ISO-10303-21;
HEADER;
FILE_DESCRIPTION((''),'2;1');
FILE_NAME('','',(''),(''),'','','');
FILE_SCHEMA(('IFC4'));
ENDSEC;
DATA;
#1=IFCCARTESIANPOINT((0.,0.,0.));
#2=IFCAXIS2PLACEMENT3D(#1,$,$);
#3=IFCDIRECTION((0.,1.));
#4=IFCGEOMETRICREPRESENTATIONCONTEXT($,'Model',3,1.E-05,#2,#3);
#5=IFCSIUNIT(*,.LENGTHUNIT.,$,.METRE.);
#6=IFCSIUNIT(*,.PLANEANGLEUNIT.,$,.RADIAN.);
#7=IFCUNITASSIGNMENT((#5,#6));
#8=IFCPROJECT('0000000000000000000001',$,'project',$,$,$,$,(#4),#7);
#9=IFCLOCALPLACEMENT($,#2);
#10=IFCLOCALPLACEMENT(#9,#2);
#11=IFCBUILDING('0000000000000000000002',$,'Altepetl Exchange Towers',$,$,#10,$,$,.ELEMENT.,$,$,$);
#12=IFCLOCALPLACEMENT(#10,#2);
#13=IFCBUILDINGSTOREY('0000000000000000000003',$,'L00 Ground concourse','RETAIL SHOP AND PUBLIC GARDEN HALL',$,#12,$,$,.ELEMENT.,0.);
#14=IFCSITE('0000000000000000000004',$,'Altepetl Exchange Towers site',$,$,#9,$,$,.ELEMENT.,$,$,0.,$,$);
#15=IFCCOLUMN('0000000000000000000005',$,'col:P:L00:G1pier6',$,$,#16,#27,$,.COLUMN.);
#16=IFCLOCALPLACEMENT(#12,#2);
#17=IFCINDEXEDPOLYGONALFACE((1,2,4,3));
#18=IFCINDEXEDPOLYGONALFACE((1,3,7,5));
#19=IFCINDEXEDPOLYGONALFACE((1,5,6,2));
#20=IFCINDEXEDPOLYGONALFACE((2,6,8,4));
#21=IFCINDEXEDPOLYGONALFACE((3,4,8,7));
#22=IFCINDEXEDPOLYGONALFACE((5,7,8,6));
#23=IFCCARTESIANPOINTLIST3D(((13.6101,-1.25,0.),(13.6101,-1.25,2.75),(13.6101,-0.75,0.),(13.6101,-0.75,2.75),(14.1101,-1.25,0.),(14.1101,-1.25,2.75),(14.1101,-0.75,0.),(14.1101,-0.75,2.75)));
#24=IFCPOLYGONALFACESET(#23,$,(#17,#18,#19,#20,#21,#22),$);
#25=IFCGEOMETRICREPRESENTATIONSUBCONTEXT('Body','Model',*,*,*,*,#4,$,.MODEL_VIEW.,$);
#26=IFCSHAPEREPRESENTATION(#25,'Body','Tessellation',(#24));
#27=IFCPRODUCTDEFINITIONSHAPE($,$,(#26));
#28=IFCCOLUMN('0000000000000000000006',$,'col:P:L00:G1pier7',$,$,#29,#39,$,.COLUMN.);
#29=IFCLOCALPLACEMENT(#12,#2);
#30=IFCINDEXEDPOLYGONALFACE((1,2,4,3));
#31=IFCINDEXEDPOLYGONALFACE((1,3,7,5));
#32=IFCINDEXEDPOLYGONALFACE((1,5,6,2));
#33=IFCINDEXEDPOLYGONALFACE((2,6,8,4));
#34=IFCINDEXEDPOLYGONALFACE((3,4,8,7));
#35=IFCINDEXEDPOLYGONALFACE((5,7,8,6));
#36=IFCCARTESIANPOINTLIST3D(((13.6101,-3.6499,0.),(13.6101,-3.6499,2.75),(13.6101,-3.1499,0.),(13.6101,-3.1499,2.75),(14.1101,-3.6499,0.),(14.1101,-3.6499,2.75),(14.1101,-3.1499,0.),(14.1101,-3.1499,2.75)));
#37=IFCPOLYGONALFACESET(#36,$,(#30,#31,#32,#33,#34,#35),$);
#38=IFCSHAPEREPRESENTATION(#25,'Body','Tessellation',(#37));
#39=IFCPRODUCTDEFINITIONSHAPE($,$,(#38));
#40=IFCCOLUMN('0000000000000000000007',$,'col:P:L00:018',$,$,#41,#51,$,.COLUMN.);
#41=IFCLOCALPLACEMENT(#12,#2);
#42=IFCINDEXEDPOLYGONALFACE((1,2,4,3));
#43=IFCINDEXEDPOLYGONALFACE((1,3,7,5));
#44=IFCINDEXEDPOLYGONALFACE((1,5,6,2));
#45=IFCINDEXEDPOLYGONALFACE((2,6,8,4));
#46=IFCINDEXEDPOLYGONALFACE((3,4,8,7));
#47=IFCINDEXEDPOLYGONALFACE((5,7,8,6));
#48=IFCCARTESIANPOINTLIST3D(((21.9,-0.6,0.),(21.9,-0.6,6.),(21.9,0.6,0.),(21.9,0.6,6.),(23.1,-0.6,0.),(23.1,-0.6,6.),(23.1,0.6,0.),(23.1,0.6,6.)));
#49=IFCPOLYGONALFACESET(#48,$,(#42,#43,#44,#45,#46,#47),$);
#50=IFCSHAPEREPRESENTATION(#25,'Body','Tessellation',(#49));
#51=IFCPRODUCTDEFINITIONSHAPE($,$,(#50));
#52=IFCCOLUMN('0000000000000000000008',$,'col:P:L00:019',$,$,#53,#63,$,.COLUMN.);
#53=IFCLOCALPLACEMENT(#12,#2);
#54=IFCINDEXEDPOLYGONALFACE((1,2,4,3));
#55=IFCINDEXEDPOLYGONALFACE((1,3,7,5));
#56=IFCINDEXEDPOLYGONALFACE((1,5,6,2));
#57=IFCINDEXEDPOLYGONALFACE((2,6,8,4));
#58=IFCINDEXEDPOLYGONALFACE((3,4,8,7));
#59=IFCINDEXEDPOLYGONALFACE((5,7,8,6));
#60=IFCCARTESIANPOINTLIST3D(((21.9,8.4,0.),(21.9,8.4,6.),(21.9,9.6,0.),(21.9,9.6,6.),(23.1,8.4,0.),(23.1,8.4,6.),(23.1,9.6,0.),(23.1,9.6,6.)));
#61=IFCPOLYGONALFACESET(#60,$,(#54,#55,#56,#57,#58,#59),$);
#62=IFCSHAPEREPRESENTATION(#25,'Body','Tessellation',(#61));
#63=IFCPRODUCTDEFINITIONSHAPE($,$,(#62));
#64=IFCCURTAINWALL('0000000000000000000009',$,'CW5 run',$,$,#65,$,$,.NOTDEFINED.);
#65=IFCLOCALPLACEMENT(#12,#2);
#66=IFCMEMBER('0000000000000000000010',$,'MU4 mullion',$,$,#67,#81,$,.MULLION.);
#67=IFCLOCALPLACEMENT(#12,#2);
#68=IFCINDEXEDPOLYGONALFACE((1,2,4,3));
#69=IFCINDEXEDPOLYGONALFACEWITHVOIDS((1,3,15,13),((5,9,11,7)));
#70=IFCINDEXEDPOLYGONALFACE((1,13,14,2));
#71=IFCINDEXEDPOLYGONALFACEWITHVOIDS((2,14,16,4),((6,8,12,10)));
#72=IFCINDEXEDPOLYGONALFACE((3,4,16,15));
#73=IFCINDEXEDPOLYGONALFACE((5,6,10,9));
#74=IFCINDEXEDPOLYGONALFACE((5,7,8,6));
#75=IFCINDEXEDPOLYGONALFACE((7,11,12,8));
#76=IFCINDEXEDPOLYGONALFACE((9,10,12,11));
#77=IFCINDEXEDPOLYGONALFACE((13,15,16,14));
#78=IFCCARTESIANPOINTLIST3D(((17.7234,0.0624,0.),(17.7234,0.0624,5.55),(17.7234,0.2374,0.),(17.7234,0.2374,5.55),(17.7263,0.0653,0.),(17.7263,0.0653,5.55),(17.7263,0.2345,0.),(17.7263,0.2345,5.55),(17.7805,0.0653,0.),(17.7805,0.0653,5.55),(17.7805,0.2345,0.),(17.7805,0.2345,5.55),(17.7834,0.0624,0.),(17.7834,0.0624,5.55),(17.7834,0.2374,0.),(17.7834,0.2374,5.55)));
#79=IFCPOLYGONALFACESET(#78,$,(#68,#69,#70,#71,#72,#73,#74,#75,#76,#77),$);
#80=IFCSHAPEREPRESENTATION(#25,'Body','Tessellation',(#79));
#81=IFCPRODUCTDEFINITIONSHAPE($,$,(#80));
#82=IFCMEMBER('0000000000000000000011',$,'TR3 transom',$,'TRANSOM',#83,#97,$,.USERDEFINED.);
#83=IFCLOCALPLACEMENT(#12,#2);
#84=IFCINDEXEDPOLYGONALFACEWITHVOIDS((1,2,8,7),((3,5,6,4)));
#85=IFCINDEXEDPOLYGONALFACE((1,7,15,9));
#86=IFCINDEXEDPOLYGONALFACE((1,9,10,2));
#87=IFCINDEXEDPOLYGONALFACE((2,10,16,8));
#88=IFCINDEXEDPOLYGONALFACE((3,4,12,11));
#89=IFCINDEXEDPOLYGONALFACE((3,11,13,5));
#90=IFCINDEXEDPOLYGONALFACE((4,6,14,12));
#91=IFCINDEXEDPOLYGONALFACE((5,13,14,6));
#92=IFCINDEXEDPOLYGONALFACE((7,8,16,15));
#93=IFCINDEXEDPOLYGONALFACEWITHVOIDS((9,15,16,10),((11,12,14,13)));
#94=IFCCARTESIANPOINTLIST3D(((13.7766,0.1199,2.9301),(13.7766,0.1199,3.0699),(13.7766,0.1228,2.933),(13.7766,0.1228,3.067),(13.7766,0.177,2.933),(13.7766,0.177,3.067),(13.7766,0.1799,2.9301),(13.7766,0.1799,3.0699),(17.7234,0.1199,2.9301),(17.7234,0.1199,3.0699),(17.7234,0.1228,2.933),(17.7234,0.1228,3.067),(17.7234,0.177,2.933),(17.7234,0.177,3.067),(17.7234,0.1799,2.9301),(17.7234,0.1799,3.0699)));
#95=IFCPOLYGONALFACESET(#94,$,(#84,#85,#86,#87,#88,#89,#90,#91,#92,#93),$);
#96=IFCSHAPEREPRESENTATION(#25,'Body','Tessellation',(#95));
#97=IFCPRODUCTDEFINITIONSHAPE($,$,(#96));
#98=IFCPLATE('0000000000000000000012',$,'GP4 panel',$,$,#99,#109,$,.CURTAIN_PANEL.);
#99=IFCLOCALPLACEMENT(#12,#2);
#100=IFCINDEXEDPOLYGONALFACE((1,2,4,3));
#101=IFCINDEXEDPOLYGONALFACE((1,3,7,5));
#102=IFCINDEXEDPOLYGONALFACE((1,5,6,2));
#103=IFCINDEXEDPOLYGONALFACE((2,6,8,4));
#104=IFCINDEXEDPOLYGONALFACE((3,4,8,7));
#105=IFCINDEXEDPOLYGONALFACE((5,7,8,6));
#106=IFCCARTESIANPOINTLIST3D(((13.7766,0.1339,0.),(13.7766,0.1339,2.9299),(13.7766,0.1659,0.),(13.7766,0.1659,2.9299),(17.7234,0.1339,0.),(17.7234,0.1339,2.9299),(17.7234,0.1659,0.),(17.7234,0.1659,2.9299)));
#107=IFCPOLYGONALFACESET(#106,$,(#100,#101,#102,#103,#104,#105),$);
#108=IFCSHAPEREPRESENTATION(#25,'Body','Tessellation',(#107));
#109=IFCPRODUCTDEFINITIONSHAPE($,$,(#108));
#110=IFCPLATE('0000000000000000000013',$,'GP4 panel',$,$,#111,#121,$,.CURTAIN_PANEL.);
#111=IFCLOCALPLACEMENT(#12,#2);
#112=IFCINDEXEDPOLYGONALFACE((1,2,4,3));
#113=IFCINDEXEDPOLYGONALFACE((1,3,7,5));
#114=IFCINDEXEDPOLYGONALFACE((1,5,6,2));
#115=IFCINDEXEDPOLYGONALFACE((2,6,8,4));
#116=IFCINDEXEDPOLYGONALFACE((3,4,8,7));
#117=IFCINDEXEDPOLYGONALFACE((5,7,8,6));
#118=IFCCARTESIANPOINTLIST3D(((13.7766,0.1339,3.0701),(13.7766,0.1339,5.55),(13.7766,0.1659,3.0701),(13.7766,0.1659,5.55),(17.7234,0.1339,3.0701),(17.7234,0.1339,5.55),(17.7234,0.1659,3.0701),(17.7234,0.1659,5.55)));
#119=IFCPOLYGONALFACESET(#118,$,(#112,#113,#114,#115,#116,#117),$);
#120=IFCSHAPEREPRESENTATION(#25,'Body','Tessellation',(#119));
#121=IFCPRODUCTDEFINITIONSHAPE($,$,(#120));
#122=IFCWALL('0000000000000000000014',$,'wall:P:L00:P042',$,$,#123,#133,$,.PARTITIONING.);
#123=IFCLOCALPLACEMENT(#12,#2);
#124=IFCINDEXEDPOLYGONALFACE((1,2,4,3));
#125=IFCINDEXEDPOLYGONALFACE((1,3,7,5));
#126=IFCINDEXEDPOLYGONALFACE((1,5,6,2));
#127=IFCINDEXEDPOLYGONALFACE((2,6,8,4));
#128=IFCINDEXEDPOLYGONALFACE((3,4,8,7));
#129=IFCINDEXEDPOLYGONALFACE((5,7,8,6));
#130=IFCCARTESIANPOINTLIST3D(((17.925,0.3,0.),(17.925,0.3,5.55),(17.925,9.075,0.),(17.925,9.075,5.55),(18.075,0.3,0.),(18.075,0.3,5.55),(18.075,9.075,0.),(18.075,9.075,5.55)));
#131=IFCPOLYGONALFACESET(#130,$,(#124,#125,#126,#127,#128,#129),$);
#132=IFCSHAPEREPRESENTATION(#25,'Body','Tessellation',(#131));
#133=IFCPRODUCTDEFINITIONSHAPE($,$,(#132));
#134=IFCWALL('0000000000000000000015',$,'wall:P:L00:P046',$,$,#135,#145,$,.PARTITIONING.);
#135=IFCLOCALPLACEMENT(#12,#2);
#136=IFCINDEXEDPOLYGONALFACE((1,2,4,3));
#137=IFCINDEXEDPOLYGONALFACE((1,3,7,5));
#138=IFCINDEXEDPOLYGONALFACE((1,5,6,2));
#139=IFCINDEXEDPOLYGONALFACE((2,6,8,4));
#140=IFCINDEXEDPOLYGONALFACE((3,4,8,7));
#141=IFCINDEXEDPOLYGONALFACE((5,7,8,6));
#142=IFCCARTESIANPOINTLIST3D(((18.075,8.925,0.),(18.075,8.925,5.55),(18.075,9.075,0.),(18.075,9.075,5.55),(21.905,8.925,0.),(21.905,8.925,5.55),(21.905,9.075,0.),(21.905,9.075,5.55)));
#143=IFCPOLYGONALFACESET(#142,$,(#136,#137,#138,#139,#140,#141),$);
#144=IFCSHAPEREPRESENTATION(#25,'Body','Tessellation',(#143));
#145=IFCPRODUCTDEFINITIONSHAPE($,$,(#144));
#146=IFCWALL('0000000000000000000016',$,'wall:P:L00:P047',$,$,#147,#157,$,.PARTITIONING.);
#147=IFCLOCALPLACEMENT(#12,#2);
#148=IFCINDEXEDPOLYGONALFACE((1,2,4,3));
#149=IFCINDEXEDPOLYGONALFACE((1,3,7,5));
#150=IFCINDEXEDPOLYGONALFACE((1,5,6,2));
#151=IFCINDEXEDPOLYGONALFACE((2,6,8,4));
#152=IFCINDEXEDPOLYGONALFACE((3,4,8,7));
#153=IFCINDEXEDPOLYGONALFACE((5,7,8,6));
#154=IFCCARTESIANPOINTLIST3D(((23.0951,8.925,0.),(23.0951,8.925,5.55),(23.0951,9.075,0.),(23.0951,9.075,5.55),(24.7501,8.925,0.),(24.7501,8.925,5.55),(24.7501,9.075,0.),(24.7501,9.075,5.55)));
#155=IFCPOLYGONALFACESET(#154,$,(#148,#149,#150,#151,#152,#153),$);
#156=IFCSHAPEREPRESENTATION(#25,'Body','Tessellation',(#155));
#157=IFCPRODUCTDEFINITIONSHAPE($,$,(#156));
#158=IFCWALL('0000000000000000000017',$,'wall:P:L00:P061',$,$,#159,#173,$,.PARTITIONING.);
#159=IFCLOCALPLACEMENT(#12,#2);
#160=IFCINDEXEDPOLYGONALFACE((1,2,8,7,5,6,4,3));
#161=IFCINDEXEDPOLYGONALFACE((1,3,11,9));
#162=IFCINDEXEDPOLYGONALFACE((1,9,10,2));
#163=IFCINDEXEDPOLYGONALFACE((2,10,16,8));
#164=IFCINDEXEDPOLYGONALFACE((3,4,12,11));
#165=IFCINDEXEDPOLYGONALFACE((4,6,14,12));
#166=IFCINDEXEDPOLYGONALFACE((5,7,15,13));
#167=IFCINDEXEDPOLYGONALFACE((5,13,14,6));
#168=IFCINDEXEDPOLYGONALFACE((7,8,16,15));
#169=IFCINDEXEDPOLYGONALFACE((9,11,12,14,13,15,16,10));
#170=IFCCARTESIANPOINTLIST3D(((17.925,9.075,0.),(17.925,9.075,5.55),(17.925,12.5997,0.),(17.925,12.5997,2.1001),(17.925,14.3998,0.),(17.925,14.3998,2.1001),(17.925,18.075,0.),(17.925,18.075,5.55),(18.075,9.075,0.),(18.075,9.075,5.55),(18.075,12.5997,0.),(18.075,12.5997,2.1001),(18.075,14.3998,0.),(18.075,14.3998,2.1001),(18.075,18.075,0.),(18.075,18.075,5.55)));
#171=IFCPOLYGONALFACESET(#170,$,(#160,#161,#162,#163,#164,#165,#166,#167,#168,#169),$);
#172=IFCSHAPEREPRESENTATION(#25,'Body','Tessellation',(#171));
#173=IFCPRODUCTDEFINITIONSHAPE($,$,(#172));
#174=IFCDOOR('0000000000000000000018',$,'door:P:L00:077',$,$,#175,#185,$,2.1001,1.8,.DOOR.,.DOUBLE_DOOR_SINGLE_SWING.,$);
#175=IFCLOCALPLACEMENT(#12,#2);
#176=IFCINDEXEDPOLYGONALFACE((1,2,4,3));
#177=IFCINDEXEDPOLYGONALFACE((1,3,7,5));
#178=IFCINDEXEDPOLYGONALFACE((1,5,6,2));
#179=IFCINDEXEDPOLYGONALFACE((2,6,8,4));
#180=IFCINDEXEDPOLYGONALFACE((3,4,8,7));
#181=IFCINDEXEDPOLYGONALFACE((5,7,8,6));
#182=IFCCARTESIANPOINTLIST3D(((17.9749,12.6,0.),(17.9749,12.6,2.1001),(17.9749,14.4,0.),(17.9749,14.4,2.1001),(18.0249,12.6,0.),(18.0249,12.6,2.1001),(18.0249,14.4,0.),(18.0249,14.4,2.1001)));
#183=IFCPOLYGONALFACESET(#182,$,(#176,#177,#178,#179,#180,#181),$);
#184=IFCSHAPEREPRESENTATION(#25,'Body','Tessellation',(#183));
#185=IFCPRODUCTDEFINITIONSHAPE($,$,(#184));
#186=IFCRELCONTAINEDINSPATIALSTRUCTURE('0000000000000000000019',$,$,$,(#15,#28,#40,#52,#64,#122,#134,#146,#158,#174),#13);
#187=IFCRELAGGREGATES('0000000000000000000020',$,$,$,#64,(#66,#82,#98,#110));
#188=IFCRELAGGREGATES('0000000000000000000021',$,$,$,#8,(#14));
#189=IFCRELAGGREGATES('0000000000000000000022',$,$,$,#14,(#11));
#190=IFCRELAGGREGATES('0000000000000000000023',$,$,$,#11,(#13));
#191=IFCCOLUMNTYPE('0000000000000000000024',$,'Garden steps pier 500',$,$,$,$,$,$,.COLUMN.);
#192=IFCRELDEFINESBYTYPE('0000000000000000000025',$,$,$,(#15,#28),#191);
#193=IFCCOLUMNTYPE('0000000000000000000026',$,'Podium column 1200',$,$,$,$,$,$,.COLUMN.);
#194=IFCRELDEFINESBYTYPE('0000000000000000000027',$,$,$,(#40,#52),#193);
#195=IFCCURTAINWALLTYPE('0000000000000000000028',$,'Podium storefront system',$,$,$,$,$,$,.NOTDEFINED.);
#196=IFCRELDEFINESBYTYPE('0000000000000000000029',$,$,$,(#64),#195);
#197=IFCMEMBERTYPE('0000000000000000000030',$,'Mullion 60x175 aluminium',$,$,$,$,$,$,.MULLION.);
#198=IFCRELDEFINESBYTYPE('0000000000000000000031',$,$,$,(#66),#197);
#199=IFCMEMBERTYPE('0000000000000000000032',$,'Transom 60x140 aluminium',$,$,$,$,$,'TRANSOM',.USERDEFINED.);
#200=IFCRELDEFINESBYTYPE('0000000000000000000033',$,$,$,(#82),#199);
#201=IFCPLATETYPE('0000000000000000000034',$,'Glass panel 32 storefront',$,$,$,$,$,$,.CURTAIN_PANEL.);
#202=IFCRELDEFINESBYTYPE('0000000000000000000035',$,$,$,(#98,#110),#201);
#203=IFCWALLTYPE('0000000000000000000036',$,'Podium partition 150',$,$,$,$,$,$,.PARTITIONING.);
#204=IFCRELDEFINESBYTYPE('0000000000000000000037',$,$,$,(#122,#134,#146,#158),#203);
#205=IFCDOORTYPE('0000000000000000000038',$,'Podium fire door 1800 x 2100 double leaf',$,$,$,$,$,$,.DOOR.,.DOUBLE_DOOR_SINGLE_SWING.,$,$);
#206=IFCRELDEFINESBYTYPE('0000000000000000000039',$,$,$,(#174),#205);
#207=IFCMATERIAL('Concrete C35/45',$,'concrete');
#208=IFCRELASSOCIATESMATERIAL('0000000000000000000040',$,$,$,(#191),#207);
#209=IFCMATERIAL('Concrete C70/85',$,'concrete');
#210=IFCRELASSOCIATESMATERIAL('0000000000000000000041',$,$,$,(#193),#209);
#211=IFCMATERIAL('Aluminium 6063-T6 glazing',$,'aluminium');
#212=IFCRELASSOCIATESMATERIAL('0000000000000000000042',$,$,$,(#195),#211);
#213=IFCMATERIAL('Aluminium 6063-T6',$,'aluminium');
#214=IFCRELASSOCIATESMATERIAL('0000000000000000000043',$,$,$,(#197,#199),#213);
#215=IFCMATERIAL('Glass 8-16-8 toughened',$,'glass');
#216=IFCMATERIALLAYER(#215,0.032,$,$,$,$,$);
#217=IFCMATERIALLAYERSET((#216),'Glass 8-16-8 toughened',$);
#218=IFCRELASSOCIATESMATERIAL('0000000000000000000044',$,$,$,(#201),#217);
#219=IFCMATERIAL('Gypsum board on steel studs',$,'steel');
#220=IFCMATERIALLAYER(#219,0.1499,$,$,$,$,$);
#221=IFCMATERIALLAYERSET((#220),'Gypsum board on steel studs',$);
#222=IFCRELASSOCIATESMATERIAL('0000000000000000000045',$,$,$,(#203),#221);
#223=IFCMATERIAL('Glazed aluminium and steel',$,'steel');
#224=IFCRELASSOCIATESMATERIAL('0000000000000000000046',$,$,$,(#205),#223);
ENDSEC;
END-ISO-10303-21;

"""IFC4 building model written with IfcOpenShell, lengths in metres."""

from ifc_helpers import new_model, si_unit, direction, frame, frame_2d, origin, origin_2d, place, context, subcontext, project, spatial, rectangle, hollow_rectangle, extrude, material, layer, layer_set, material_profile, profile_set, type_object, element, fill, aggregate, save


model = new_model("IFC4")

# Units and contexts
model_context = context("Model", 3, precision=1e-05, world=origin(), true_north=direction((0.0, 1.0)))
body_context = subcontext(model_context, "Body", "Model", "MODEL_VIEW")
ifc_project = project(units=[si_unit("LENGTHUNIT", "METRE"), si_unit("PLANEANGLEUNIT", "RADIAN")], contexts=[model_context])

# Site, building, storey
site_placement = place(None, origin())
site = spatial("IfcSite", under=ifc_project, at=site_placement, Name="Altepetl Exchange Towers site", CompositionType="ELEMENT", RefElevation=0.0)
building_placement = place(site_placement, origin())
building = spatial("IfcBuilding", under=site, at=building_placement, Name="Altepetl Exchange Towers", CompositionType="ELEMENT")
storey_placement = place(building_placement, origin())
storey = spatial("IfcBuildingStorey", under=building, at=storey_placement, Name="L00 Ground concourse", Description="RETAIL SHOP AND PUBLIC GARDEN HALL", CompositionType="ELEMENT", Elevation=0.0)

# Columns
ifc_material_1 = material(Name="Concrete C35/45", Category="concrete")
ifc_material_profile_1 = material_profile(ifc_material_1, rectangle(XDim=0.5, YDim=0.5, at=origin_2d()), Name="500 x 500")
ifc_profile_set_1 = profile_set([ifc_material_profile_1], Name="Concrete C35/45")
column_type_1 = type_object("IfcColumnType", Name="Garden steps pier 500", PredefinedType="COLUMN", material=ifc_profile_set_1)
for number, where, name in (
    (1, (13.8601, -1.0, 0.0), "col:P:L00:G1pier6"),
    (2, (13.8601, -3.3999, 0.0), "col:P:L00:G1pier7"),
):
    element("IfcColumn", number, at=place(storey_placement, frame(where)), inside=storey, type_object=column_type_1, Name=name, PredefinedType="COLUMN", context=body_context, shape_type="SweptSolid", body=[
        extrude(rectangle(XDim=0.5, YDim=0.5, at=origin_2d()), origin(), (0.0, 0.0, 1.0), 2.75),
    ])
ifc_material_2 = material(Name="Concrete C70/85", Category="concrete")
ifc_material_profile_2 = material_profile(ifc_material_2, rectangle(XDim=1.2, YDim=1.2, at=origin_2d()), Name="1200 x 1200")
ifc_profile_set_2 = profile_set([ifc_material_profile_2], Name="Concrete C70/85")
column_type_2 = type_object("IfcColumnType", Name="Podium column 1200", PredefinedType="COLUMN", material=ifc_profile_set_2)
for number, where, name in (
    (3, (22.5, 0.0, 0.0), "col:P:L00:018"),
    (4, (22.5, 9.0, 0.0), "col:P:L00:019"),
):
    element("IfcColumn", number, at=place(storey_placement, frame(where)), inside=storey, type_object=column_type_2, Name=name, PredefinedType="COLUMN", context=body_context, shape_type="SweptSolid", body=[
        extrude(rectangle(XDim=1.2, YDim=1.2, at=origin_2d()), origin(), (0.0, 0.0, 1.0), 6.0),
    ])

# Curtain wall, members, plates
ifc_material_3 = material(Name="Aluminium 6063-T6 glazing", Category="aluminium")
curtain_wall_type = type_object("IfcCurtainWallType", Name="Podium storefront system", PredefinedType="NOTDEFINED", material=ifc_material_3)
curtain_wall_placement = place(storey_placement, origin())
curtain_wall = element("IfcCurtainWall", 5, at=curtain_wall_placement, inside=storey, type_object=curtain_wall_type, Name="CW5 run", PredefinedType="NOTDEFINED")
ifc_material_4 = material(Name="Aluminium 6063-T6", Category="aluminium")
ifc_material_profile_3 = material_profile(ifc_material_4, hollow_rectangle(XDim=0.0601, YDim=0.175, WallThickness=0.0029, at=origin_2d()), Name="Mullion 60x175 aluminium")
ifc_profile_set_3 = profile_set([ifc_material_profile_3], Name="Aluminium 6063-T6")
member_type_1 = type_object("IfcMemberType", Name="Mullion 60x175 aluminium", PredefinedType="MULLION", material=ifc_profile_set_3)
member_1_placement = place(storey_placement, frame((17.7534, 0.1499, 0.0)))
member_1 = element("IfcMember", 6, at=member_1_placement, type_object=member_type_1, Name="MU4 mullion", PredefinedType="MULLION", context=body_context, shape_type="SweptSolid", body=[
    extrude(hollow_rectangle(XDim=0.0601, YDim=0.175, WallThickness=0.0029, at=origin_2d()), origin(), (0.0, 0.0, 1.0), 5.55),
])
ifc_material_profile_4 = material_profile(ifc_material_4, hollow_rectangle(XDim=0.0601, YDim=0.1399, WallThickness=0.0029, at=origin_2d()), Name="Transom 60x140 aluminium")
ifc_profile_set_4 = profile_set([ifc_material_profile_4], Name="Aluminium 6063-T6")
member_type_2 = type_object("IfcMemberType", Name="Transom 60x140 aluminium", ElementType="TRANSOM", PredefinedType="USERDEFINED", material=ifc_profile_set_4)
member_2_placement = place(storey_placement, frame((13.7766, 0.1499, 3.0), z_axis=(1.0, 0.0, 0.0), x_axis=(0.0, 1.0, 0.0)))
member_2 = element("IfcMember", 7, at=member_2_placement, type_object=member_type_2, Name="TR3 transom", ObjectType="TRANSOM", PredefinedType="USERDEFINED", context=body_context, shape_type="SweptSolid", body=[
    extrude(hollow_rectangle(XDim=0.0601, YDim=0.1399, WallThickness=0.0029, at=origin_2d()), origin(), (0.0, 0.0, 1.0), 3.9468),
])
ifc_material_5 = material(Name="Glass 8-16-8 toughened", Category="glass")
ifc_layer_1 = layer(ifc_material_5, 0.032)
ifc_layer_set_1 = layer_set([ifc_layer_1], Name="Glass 8-16-8 toughened")
plate_type = type_object("IfcPlateType", Name="Glass panel 32 storefront", PredefinedType="CURTAIN_PANEL", material=ifc_layer_set_1)
plate_1_placement = place(storey_placement, frame((15.75, 0.1499, 0.0)))
plate_1 = element("IfcPlate", 8, at=plate_1_placement, type_object=plate_type, Name="GP4 panel", PredefinedType="CURTAIN_PANEL", context=body_context, shape_type="SweptSolid", body=[
    extrude(rectangle(XDim=3.9468, YDim=0.032, at=origin_2d()), origin(), (0.0, 0.0, 1.0), 2.9299),
])
plate_2_placement = place(storey_placement, frame((15.75, 0.1499, 3.0701)))
plate_2 = element("IfcPlate", 9, at=plate_2_placement, type_object=plate_type, Name="GP4 panel", PredefinedType="CURTAIN_PANEL", context=body_context, shape_type="SweptSolid", body=[
    extrude(rectangle(XDim=3.9468, YDim=0.032, at=origin_2d()), origin(), (0.0, 0.0, 1.0), 2.48),
])
aggregate(curtain_wall, [member_1, member_2, plate_1, plate_2])

# Walls
ifc_material_6 = material(Name="Gypsum board on steel studs", Category="steel")
ifc_layer_2 = layer(ifc_material_6, 0.1499)
ifc_layer_set_2 = layer_set([ifc_layer_2], Name="Gypsum board on steel studs")
wall_type_1 = type_object("IfcWallType", Name="Podium partition 150", PredefinedType="PARTITIONING", material=ifc_layer_set_2)
wall_1_placement = place(storey_placement, frame((18.0, 0.3, 0.0), z_axis=(0.0, 0.0, 1.0), x_axis=(0.0, 1.0, 0.0)))
element("IfcWall", 10, at=wall_1_placement, inside=storey, type_object=wall_type_1, Name="wall:P:L00:P042", PredefinedType="PARTITIONING", context=body_context, shape_type="SweptSolid", body=[
    extrude(rectangle(XDim=8.7749, YDim=0.1499, at=frame_2d((4.3875, 0.0))), origin(), (0.0, 0.0, 1.0), 5.55),
])
wall_2_placement = place(storey_placement, frame((18.075, 9.0, 0.0)))
element("IfcWall", 11, at=wall_2_placement, inside=storey, type_object=wall_type_1, Name="wall:P:L00:P046", PredefinedType="PARTITIONING", context=body_context, shape_type="SweptSolid", body=[
    extrude(rectangle(XDim=3.8301, YDim=0.1499, at=frame_2d((1.915, 0.0))), origin(), (0.0, 0.0, 1.0), 5.55),
])
wall_3_placement = place(storey_placement, frame((23.095, 9.0, 0.0)))
element("IfcWall", 12, at=wall_3_placement, inside=storey, type_object=wall_type_1, Name="wall:P:L00:P047", PredefinedType="PARTITIONING", context=body_context, shape_type="SweptSolid", body=[
    extrude(rectangle(XDim=1.655, YDim=0.1499, at=frame_2d((0.8276, 0.0))), origin(), (0.0, 0.0, 1.0), 5.55),
])

# Wall, opening, door
wall_4_placement = place(storey_placement, frame((18.0, 9.075, 0.0), z_axis=(0.0, 0.0, 1.0), x_axis=(0.0, 1.0, 0.0)))
wall_4 = element("IfcWall", 13, at=wall_4_placement, inside=storey, type_object=wall_type_1, Name="wall:P:L00:P061", PredefinedType="PARTITIONING", context=body_context, shape_type="SweptSolid", body=[
    extrude(rectangle(XDim=9.0, YDim=0.1499, at=frame_2d((4.5, 0.0))), origin(), (0.0, 0.0, 1.0), 5.55),
])
opening_placement = place(wall_4_placement, frame((3.5249, 0.0, 0.0)))
opening = element("IfcOpeningElement", 14, at=opening_placement, cuts=wall_4, PredefinedType="OPENING", context=body_context, shape_type="SweptSolid", body=[
    extrude(rectangle(XDim=1.8, YDim=2.1001, at=frame_2d((0.8999, 1.05))), frame((0.0, 0.085, 0.0), z_axis=(0.0, -1.0, 0.0), x_axis=(1.0, 0.0, 0.0)), (0.0, 0.0, 1.0), 0.1699),
])
ifc_material_7 = material(Name="Glazed aluminium and steel", Category="steel")
door_type = type_object("IfcDoorType", Name="Podium fire door 1800 x 2100 double leaf", OperationType="DOUBLE_DOOR_SINGLE_SWING", PredefinedType="DOOR", material=ifc_material_7)
door_placement = place(opening_placement, frame((1.8, 0.0, 0.0), x_axis=(-1.0, 0.0, 0.0)))
door = element("IfcDoor", 15, at=door_placement, inside=storey, type_object=door_type, Name="door:P:L00:077", OperationType="DOUBLE_DOOR_SINGLE_SWING", OverallHeight=2.1001, OverallWidth=1.8, PredefinedType="DOOR", context=body_context, shape_type="SweptSolid", body=[
    extrude(rectangle(XDim=1.8, YDim=2.1001, at=frame_2d((0.8999, 1.05))), frame((0.0, 0.0249, 0.0), z_axis=(0.0, -1.0, 0.0), x_axis=(1.0, 0.0, 0.0)), (0.0, 0.0, 1.0), 0.05),
])
fill(opening, door)

save(model, "model.ifc")
